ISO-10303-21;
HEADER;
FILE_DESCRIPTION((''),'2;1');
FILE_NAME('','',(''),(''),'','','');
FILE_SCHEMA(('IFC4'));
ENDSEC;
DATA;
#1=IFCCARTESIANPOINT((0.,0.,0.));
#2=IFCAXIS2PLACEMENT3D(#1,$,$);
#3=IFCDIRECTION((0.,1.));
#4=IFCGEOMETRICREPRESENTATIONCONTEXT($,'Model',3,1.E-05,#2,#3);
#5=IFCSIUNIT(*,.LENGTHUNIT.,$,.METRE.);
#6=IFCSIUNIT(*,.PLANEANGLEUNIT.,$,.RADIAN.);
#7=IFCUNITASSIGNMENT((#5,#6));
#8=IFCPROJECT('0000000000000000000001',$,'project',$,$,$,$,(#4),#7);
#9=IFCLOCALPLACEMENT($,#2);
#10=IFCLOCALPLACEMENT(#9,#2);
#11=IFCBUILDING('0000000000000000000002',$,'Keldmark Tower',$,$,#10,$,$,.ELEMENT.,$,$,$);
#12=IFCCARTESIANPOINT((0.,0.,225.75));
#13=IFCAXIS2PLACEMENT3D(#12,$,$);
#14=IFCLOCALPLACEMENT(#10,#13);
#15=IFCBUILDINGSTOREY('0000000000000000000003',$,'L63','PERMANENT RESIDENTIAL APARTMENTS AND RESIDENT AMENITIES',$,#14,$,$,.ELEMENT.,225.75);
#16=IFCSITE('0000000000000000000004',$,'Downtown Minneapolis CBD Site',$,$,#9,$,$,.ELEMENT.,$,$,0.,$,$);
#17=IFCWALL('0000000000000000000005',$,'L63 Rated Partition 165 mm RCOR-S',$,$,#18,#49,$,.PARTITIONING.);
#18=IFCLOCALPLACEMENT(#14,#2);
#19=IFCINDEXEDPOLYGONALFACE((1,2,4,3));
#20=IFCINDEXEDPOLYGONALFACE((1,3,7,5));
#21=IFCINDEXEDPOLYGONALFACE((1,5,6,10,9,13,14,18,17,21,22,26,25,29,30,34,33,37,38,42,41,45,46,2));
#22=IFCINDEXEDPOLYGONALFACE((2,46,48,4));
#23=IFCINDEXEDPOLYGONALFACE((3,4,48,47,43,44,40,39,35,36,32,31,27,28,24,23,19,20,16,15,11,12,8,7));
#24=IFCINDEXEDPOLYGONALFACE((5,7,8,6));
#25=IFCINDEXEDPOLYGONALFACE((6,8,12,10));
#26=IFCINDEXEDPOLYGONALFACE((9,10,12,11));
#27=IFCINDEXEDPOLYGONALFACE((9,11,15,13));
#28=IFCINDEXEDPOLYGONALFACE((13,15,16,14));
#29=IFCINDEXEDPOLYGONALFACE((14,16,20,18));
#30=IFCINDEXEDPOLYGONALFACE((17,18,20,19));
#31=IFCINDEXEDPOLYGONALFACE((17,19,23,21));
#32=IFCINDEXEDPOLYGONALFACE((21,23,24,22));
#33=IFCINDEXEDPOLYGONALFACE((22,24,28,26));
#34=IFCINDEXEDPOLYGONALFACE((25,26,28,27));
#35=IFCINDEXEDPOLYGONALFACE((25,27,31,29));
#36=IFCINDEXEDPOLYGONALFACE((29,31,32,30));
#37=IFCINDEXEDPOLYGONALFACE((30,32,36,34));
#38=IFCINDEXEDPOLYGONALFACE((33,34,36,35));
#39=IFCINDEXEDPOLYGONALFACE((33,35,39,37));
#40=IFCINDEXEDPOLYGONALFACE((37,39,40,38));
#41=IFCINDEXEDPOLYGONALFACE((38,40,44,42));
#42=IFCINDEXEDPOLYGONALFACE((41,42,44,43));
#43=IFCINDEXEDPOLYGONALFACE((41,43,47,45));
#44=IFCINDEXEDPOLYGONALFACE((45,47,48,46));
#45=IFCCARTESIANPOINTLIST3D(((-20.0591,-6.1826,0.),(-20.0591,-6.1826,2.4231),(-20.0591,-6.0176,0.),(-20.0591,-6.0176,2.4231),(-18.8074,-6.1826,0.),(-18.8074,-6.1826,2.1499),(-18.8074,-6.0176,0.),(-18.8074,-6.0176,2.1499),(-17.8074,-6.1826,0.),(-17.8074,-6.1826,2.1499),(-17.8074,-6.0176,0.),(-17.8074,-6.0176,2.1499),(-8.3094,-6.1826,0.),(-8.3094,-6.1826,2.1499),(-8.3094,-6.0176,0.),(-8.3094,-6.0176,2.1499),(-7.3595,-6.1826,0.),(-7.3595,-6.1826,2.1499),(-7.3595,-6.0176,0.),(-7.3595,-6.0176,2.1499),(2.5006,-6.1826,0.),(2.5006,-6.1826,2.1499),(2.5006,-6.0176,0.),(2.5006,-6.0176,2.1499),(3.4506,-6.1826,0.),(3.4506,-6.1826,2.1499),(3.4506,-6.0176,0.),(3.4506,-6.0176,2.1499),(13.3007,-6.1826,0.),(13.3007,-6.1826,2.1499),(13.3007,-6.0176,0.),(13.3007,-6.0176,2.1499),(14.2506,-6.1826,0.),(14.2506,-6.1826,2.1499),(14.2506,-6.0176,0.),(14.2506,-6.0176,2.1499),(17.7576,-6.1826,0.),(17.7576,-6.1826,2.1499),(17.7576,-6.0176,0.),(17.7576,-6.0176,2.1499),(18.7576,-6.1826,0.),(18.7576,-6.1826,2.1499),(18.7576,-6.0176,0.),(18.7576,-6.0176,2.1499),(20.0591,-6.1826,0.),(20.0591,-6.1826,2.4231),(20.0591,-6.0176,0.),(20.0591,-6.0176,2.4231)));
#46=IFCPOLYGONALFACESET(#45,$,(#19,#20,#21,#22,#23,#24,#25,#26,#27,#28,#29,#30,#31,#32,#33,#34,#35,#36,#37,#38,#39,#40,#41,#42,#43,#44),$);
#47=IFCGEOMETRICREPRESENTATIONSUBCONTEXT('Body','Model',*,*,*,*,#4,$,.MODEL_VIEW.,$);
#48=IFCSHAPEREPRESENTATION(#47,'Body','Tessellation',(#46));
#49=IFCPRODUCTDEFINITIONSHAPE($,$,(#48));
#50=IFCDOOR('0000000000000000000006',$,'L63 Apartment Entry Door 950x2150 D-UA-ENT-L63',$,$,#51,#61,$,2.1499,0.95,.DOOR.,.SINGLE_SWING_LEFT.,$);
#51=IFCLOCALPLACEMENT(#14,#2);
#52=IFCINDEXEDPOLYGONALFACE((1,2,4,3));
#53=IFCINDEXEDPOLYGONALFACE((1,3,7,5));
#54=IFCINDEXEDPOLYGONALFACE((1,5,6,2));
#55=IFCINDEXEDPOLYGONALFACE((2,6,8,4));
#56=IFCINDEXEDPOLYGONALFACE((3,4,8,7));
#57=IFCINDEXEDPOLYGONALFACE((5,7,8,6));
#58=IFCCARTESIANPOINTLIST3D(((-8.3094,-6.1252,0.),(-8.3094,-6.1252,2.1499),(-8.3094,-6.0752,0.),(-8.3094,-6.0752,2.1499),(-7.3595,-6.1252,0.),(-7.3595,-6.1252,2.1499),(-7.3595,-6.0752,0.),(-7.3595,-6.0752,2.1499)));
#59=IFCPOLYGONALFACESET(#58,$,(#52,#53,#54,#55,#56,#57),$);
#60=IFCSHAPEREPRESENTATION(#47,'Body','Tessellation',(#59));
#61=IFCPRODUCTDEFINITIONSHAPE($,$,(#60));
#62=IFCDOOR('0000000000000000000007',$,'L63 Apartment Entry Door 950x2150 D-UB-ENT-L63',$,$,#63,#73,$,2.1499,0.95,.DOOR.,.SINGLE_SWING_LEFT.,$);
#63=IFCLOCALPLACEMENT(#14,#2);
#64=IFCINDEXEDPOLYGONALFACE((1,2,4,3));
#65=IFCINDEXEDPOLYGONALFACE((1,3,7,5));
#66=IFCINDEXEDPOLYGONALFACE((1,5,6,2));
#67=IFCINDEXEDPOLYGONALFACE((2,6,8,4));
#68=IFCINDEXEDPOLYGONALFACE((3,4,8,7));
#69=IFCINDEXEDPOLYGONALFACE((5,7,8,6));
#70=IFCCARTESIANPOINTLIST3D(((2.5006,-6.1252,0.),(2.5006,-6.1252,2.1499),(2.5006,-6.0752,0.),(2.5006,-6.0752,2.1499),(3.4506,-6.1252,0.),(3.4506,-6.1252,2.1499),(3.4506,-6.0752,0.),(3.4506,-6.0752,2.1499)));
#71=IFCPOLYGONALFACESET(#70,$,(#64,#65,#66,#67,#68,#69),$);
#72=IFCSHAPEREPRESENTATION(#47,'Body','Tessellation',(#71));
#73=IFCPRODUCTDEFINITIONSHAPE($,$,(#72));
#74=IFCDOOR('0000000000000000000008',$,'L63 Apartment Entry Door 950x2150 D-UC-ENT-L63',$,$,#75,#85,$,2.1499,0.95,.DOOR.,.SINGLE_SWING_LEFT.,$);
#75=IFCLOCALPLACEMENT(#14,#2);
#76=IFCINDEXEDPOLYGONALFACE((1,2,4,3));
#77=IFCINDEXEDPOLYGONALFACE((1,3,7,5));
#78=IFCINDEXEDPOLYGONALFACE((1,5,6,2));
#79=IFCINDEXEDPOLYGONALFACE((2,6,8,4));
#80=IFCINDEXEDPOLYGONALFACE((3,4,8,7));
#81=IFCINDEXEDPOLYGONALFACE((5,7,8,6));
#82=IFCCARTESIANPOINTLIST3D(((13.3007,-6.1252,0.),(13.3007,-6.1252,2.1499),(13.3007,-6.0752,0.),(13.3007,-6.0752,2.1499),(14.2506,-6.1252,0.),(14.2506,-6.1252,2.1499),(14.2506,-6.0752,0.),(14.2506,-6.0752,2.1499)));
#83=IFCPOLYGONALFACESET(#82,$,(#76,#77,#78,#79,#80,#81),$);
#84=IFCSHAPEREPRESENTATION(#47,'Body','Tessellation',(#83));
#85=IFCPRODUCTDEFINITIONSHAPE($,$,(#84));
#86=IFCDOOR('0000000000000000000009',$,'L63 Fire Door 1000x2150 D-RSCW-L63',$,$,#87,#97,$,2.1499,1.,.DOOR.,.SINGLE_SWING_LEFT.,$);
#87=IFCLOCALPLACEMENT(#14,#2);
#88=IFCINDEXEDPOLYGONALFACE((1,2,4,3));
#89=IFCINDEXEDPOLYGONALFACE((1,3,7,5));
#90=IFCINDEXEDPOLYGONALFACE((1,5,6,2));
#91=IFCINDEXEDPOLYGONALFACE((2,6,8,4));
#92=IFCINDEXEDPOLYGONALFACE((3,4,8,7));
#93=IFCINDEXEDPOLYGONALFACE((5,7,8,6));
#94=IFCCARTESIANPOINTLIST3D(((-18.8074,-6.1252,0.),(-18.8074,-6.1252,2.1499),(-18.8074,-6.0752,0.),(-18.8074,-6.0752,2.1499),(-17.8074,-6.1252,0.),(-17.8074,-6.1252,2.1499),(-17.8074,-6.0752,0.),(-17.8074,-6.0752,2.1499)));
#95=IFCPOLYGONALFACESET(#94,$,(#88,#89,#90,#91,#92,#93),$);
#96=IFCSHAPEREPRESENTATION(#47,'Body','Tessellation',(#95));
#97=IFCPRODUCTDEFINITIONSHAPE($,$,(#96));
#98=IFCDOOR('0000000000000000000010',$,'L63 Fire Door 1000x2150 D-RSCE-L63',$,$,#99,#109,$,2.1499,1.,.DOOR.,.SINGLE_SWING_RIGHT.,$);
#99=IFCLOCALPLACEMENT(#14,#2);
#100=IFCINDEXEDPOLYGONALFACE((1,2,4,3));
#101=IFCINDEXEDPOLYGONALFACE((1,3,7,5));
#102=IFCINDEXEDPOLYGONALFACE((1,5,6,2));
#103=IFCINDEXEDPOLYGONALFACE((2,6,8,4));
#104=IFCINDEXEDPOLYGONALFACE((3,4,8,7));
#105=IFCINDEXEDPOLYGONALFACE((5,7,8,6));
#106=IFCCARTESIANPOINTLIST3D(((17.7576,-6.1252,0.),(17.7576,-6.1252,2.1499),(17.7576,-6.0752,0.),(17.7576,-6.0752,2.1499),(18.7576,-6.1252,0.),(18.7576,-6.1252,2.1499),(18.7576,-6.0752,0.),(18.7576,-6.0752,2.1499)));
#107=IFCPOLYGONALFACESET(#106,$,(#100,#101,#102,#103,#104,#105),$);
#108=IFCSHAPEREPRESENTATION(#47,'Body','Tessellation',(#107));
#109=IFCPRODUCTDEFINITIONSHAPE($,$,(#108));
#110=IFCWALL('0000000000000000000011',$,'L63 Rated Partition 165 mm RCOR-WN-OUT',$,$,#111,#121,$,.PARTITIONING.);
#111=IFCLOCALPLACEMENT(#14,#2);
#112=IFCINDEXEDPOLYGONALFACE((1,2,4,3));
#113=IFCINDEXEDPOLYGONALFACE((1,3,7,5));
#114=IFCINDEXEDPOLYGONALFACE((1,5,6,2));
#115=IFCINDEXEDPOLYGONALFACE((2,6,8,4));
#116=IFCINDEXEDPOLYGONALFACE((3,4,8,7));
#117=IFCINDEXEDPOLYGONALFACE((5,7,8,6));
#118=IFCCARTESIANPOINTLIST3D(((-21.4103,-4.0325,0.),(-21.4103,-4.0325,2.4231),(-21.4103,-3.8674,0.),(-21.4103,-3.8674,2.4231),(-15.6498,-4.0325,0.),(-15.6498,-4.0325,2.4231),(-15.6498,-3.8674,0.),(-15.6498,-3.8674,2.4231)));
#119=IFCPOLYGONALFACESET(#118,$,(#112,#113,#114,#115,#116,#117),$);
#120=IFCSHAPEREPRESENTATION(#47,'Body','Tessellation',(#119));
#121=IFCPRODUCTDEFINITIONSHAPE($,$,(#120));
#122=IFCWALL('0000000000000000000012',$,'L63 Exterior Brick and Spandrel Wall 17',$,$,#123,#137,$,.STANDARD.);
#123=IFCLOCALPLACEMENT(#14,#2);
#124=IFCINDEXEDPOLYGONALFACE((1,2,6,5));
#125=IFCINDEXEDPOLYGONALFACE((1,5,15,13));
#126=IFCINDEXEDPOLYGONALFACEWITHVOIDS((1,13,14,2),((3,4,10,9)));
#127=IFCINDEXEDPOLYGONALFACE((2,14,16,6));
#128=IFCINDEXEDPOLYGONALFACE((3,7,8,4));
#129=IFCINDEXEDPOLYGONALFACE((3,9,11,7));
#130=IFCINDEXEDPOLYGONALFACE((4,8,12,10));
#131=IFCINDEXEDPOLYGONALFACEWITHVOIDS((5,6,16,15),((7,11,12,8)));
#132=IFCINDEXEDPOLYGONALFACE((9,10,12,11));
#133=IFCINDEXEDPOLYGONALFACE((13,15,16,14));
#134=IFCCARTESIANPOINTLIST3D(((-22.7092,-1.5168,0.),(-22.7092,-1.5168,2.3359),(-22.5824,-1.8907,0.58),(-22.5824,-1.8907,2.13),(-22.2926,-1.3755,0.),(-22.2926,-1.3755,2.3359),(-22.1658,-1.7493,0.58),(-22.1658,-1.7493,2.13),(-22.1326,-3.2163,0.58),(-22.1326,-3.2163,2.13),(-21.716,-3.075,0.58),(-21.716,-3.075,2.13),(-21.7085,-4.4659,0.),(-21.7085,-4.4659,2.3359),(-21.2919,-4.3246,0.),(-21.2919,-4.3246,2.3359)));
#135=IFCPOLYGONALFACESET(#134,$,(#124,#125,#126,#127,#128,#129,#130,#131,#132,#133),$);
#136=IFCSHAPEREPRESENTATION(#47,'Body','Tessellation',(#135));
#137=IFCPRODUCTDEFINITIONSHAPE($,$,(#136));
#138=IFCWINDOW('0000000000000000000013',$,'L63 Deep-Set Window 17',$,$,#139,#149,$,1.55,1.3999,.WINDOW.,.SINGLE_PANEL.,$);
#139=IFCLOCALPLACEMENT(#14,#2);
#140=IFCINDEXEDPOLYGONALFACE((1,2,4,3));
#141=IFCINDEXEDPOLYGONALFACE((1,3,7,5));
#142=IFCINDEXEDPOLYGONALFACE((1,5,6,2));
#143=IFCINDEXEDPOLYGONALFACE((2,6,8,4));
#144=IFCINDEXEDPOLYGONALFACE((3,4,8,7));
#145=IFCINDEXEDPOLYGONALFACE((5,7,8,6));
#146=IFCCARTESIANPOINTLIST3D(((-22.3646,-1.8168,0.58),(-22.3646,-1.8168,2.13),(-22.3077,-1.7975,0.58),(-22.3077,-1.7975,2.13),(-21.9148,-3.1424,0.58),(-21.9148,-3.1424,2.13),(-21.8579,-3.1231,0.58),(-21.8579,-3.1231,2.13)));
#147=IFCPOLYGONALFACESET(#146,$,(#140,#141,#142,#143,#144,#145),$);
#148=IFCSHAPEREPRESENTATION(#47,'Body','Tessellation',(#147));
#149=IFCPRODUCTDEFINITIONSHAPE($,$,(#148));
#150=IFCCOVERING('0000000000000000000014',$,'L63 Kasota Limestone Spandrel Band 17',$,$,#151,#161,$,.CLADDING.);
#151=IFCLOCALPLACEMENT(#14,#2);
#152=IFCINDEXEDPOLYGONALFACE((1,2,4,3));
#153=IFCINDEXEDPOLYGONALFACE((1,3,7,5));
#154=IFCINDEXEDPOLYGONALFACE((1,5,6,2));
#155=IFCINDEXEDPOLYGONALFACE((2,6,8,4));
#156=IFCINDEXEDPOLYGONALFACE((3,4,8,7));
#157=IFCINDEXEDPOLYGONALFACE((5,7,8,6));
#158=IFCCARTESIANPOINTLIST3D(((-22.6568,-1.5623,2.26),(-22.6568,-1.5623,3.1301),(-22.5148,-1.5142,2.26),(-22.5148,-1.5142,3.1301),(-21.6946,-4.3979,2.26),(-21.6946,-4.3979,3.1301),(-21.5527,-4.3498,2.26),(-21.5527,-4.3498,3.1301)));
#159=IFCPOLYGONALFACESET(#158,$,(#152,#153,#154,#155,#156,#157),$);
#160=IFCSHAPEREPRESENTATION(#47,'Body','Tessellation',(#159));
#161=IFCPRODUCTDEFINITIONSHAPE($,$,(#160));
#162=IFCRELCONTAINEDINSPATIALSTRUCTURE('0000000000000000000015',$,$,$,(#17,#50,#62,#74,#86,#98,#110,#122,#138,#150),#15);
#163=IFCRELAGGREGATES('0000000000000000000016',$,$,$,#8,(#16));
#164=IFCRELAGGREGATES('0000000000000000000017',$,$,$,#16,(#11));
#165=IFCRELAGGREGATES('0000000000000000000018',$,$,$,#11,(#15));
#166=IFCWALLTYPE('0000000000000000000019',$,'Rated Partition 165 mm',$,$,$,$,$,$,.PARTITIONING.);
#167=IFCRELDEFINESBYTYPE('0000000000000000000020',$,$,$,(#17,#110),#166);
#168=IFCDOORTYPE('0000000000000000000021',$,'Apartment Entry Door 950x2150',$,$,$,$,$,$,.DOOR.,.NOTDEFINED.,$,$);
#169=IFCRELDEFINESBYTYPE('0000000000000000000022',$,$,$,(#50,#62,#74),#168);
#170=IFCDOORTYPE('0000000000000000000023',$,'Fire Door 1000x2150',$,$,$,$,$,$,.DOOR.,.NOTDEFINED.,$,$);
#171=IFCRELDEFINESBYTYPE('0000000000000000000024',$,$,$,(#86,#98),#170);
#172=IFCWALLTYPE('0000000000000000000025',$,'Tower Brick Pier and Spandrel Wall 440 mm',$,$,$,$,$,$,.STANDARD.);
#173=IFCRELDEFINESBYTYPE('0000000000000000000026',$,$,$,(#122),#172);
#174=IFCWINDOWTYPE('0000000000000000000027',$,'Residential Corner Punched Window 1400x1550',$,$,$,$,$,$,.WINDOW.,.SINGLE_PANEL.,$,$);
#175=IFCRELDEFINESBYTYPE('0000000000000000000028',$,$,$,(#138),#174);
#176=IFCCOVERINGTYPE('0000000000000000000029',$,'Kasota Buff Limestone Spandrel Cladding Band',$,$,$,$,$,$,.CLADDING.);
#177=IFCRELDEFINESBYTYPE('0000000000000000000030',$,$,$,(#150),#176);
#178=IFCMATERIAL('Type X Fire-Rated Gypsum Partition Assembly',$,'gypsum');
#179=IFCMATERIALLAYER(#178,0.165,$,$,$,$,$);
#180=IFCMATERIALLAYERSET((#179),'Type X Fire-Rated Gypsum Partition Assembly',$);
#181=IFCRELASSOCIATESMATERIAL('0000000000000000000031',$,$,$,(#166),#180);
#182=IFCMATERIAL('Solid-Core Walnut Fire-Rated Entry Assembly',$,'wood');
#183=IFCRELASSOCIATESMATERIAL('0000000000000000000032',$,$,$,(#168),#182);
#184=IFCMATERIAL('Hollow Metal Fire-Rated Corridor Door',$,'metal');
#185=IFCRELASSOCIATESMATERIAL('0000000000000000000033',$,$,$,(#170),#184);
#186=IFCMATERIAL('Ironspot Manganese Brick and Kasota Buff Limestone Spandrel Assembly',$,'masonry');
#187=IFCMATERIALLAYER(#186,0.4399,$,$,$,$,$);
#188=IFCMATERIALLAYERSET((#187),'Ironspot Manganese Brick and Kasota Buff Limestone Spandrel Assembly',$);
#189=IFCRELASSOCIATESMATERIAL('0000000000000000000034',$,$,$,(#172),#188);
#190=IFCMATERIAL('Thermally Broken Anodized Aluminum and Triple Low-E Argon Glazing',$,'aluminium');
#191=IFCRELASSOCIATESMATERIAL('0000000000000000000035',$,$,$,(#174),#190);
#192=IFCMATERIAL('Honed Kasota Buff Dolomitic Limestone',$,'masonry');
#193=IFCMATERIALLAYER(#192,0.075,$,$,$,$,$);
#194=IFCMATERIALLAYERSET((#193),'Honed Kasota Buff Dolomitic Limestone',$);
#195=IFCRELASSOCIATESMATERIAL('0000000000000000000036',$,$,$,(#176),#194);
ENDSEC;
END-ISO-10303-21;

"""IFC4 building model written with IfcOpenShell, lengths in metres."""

from ifc_helpers import new_model, si_unit, direction, frame, frame_2d, origin, origin_2d, place, context, subcontext, project, spatial, rectangle, extrude, material, layer, layer_set, type_object, element, fill, save


model = new_model("IFC4")

# Units and contexts
model_context = context("Model", 3, precision=1e-05, world=origin(), true_north=direction((0.0, 1.0)))
body_context = subcontext(model_context, "Body", "Model", "MODEL_VIEW")
ifc_project = project(units=[si_unit("LENGTHUNIT", "METRE"), si_unit("PLANEANGLEUNIT", "RADIAN")], contexts=[model_context])

# Site, building, storey
site_placement = place(None, origin())
site = spatial("IfcSite", under=ifc_project, at=site_placement, Name="Downtown Minneapolis CBD Site", CompositionType="ELEMENT", RefElevation=0.0)
building_placement = place(site_placement, origin())
building = spatial("IfcBuilding", under=site, at=building_placement, Name="Keldmark Tower", CompositionType="ELEMENT")
storey_placement = place(building_placement, frame((0.0, 0.0, 225.75)))
storey = spatial("IfcBuildingStorey", under=building, at=storey_placement, Name="L63", Description="PERMANENT RESIDENTIAL APARTMENTS AND RESIDENT AMENITIES", CompositionType="ELEMENT", Elevation=225.75)

# Wall, openings, doors
ifc_material_1 = material(Name="Type X Fire-Rated Gypsum Partition Assembly", Category="gypsum")
ifc_layer_1 = layer(ifc_material_1, 0.165)
ifc_layer_set_1 = layer_set([ifc_layer_1], Name="Type X Fire-Rated Gypsum Partition Assembly")
wall_type_1 = type_object("IfcWallType", Name="Rated Partition 165 mm", PredefinedType="PARTITIONING", material=ifc_layer_set_1)
wall_1_placement = place(storey_placement, frame((-20.0591, -6.1001, 0.0), z_axis=(0.0, 0.0, 1.0), x_axis=(1.0, 0.0, 0.0)))
wall_1 = element("IfcWall", 1, at=wall_1_placement, inside=storey, type_object=wall_type_1, Name="L63 Rated Partition 165 mm RCOR-S", PredefinedType="PARTITIONING", context=body_context, shape_type="SweptSolid", body=[
    extrude(rectangle(XDim=40.1182, YDim=0.165, at=frame_2d((20.0591, 0.0))), origin(), (0.0, 0.0, 1.0), 2.4231),
])
opening_1_placement = place(wall_1_placement, frame((1.2517, 0.0, 0.0)))
opening_1 = element("IfcOpeningElement", 2, at=opening_1_placement, cuts=wall_1, PredefinedType="OPENING", context=body_context, shape_type="SweptSolid", body=[
    extrude(rectangle(XDim=1.0, YDim=2.1499, at=frame_2d((0.5, 1.075))), frame((0.0, 0.0925, 0.0), z_axis=(0.0, -1.0, 0.0), x_axis=(1.0, 0.0, 0.0)), (0.0, 0.0, 1.0), 0.1851),
])
opening_2_placement = place(wall_1_placement, frame((37.8167, 0.0, 0.0)))
opening_2 = element("IfcOpeningElement", 3, at=opening_2_placement, cuts=wall_1, PredefinedType="OPENING", context=body_context, shape_type="SweptSolid", body=[
    extrude(rectangle(XDim=1.0, YDim=2.1499, at=frame_2d((0.5, 1.075))), frame((0.0, 0.0925, 0.0), z_axis=(0.0, -1.0, 0.0), x_axis=(1.0, 0.0, 0.0)), (0.0, 0.0, 1.0), 0.1851),
])
opening_3_placement = place(wall_1_placement, frame((11.7495, 0.0, 0.0)))
opening_3 = element("IfcOpeningElement", 4, at=opening_3_placement, cuts=wall_1, PredefinedType="OPENING", context=body_context, shape_type="SweptSolid", body=[
    extrude(rectangle(XDim=0.95, YDim=2.1499, at=frame_2d((0.4751, 1.075))), frame((0.0, 0.0925, 0.0), z_axis=(0.0, -1.0, 0.0), x_axis=(1.0, 0.0, 0.0)), (0.0, 0.0, 1.0), 0.1851),
])
opening_4_placement = place(wall_1_placement, frame((22.5596, 0.0, 0.0)))
opening_4 = element("IfcOpeningElement", 5, at=opening_4_placement, cuts=wall_1, PredefinedType="OPENING", context=body_context, shape_type="SweptSolid", body=[
    extrude(rectangle(XDim=0.95, YDim=2.1499, at=frame_2d((0.4751, 1.075))), frame((0.0, 0.0925, 0.0), z_axis=(0.0, -1.0, 0.0), x_axis=(1.0, 0.0, 0.0)), (0.0, 0.0, 1.0), 0.1851),
])
opening_5_placement = place(wall_1_placement, frame((33.3596, 0.0, 0.0)))
opening_5 = element("IfcOpeningElement", 6, at=opening_5_placement, cuts=wall_1, PredefinedType="OPENING", context=body_context, shape_type="SweptSolid", body=[
    extrude(rectangle(XDim=0.95, YDim=2.1499, at=frame_2d((0.4751, 1.075))), frame((0.0, 0.0925, 0.0), z_axis=(0.0, -1.0, 0.0), x_axis=(1.0, 0.0, 0.0)), (0.0, 0.0, 1.0), 0.1851),
])
ifc_material_2 = material(Name="Solid-Core Walnut Fire-Rated Entry Assembly", Category="wood")
door_type_1 = type_object("IfcDoorType", Name="Apartment Entry Door 950x2150", OperationType="NOTDEFINED", PredefinedType="DOOR", material=ifc_material_2)
door_1_placement = place(opening_3_placement, origin())
door_1 = element("IfcDoor", 7, at=door_1_placement, inside=storey, type_object=door_type_1, Name="L63 Apartment Entry Door 950x2150 D-UA-ENT-L63", OperationType="SINGLE_SWING_LEFT", OverallHeight=2.1499, OverallWidth=0.95, PredefinedType="DOOR", context=body_context, shape_type="SweptSolid", body=[
    extrude(rectangle(XDim=0.95, YDim=2.1499, at=frame_2d((0.4751, 1.075))), frame((0.0, 0.0249, 0.0), z_axis=(0.0, -1.0, 0.0), x_axis=(1.0, 0.0, 0.0)), (0.0, 0.0, 1.0), 0.05),
])
fill(opening_3, door_1)
door_2_placement = place(opening_4_placement, origin())
door_2 = element("IfcDoor", 8, at=door_2_placement, inside=storey, type_object=door_type_1, Name="L63 Apartment Entry Door 950x2150 D-UB-ENT-L63", OperationType="SINGLE_SWING_LEFT", OverallHeight=2.1499, OverallWidth=0.95, PredefinedType="DOOR", context=body_context, shape_type="SweptSolid", body=[
    extrude(rectangle(XDim=0.95, YDim=2.1499, at=frame_2d((0.4751, 1.075))), frame((0.0, 0.0249, 0.0), z_axis=(0.0, -1.0, 0.0), x_axis=(1.0, 0.0, 0.0)), (0.0, 0.0, 1.0), 0.05),
])
fill(opening_4, door_2)
door_3_placement = place(opening_5_placement, origin())
door_3 = element("IfcDoor", 9, at=door_3_placement, inside=storey, type_object=door_type_1, Name="L63 Apartment Entry Door 950x2150 D-UC-ENT-L63", OperationType="SINGLE_SWING_LEFT", OverallHeight=2.1499, OverallWidth=0.95, PredefinedType="DOOR", context=body_context, shape_type="SweptSolid", body=[
    extrude(rectangle(XDim=0.95, YDim=2.1499, at=frame_2d((0.4751, 1.075))), frame((0.0, 0.0249, 0.0), z_axis=(0.0, -1.0, 0.0), x_axis=(1.0, 0.0, 0.0)), (0.0, 0.0, 1.0), 0.05),
])
fill(opening_5, door_3)
ifc_material_3 = material(Name="Hollow Metal Fire-Rated Corridor Door", Category="metal")
door_type_2 = type_object("IfcDoorType", Name="Fire Door 1000x2150", OperationType="NOTDEFINED", PredefinedType="DOOR", material=ifc_material_3)
door_4_placement = place(opening_1_placement, origin())
door_4 = element("IfcDoor", 10, at=door_4_placement, inside=storey, type_object=door_type_2, Name="L63 Fire Door 1000x2150 D-RSCW-L63", OperationType="SINGLE_SWING_LEFT", OverallHeight=2.1499, OverallWidth=1.0, PredefinedType="DOOR", context=body_context, shape_type="SweptSolid", body=[
    extrude(rectangle(XDim=1.0, YDim=2.1499, at=frame_2d((0.5, 1.075))), frame((0.0, 0.0249, 0.0), z_axis=(0.0, -1.0, 0.0), x_axis=(1.0, 0.0, 0.0)), (0.0, 0.0, 1.0), 0.05),
])
fill(opening_1, door_4)
door_5_placement = place(opening_2_placement, origin())
door_5 = element("IfcDoor", 11, at=door_5_placement, inside=storey, type_object=door_type_2, Name="L63 Fire Door 1000x2150 D-RSCE-L63", OperationType="SINGLE_SWING_RIGHT", OverallHeight=2.1499, OverallWidth=1.0, PredefinedType="DOOR", context=body_context, shape_type="SweptSolid", body=[
    extrude(rectangle(XDim=1.0, YDim=2.1499, at=frame_2d((0.5, 1.075))), frame((0.0, 0.0249, 0.0), z_axis=(0.0, -1.0, 0.0), x_axis=(1.0, 0.0, 0.0)), (0.0, 0.0, 1.0), 0.05),
])
fill(opening_2, door_5)

# Wall
wall_2_placement = place(storey_placement, frame((-21.4104, -3.95, 0.0), z_axis=(0.0, 0.0, 1.0), x_axis=(1.0, 0.0, 0.0)))
element("IfcWall", 12, at=wall_2_placement, inside=storey, type_object=wall_type_1, Name="L63 Rated Partition 165 mm RCOR-WN-OUT", PredefinedType="PARTITIONING", context=body_context, shape_type="SweptSolid", body=[
    extrude(rectangle(XDim=5.7605, YDim=0.165, at=frame_2d((2.8804, 0.0))), origin(), (0.0, 0.0, 1.0), 2.4231),
])

# Wall, opening, window
ifc_material_4 = material(Name="Ironspot Manganese Brick and Kasota Buff Limestone Spandrel Assembly", Category="masonry")
ifc_layer_2 = layer(ifc_material_4, 0.4399)
ifc_layer_set_2 = layer_set([ifc_layer_2], Name="Ironspot Manganese Brick and Kasota Buff Limestone Spandrel Assembly")
wall_type_2 = type_object("IfcWallType", Name="Tower Brick Pier and Spandrel Wall 440 mm", PredefinedType="STANDARD", material=ifc_layer_set_2)
wall_3_placement = place(storey_placement, frame((-21.5002, -4.3953, 0.0), z_axis=(0.0, 0.0, 1.0), x_axis=(-0.321326, 0.946968, 0.0)))
wall_3 = element("IfcWall", 13, at=wall_3_placement, inside=storey, type_object=wall_type_2, Name="L63 Exterior Brick and Spandrel Wall 17", PredefinedType="STANDARD", context=body_context, shape_type="SweptSolid", body=[
    extrude(rectangle(XDim=3.1143, YDim=0.4399, at=frame_2d((1.5571, 0.0))), origin(), (0.0, 0.0, 1.0), 2.3359),
])
opening_6_placement = place(wall_3_placement, frame((1.3196, 0.0, 0.5801)))
opening_6 = element("IfcOpeningElement", 14, at=opening_6_placement, cuts=wall_3, PredefinedType="OPENING", context=body_context, shape_type="SweptSolid", body=[
    extrude(rectangle(XDim=1.3999, YDim=1.55, at=frame_2d((0.7, 0.7749))), frame((0.0, 0.23, 0.0), z_axis=(0.0, -1.0, 0.0), x_axis=(1.0, 0.0, 0.0)), (0.0, 0.0, 1.0), 0.46),
])
ifc_material_5 = material(Name="Thermally Broken Anodized Aluminum and Triple Low-E Argon Glazing", Category="aluminium")
window_type = type_object("IfcWindowType", Name="Residential Corner Punched Window 1400x1550", PartitioningType="SINGLE_PANEL", PredefinedType="WINDOW", material=ifc_material_5)
window_placement = place(opening_6_placement, origin())
window = element("IfcWindow", 15, at=window_placement, inside=storey, type_object=window_type, Name="L63 Deep-Set Window 17", OverallHeight=1.55, OverallWidth=1.3999, PartitioningType="SINGLE_PANEL", PredefinedType="WINDOW", context=body_context, shape_type="SweptSolid", body=[
    extrude(rectangle(XDim=1.3999, YDim=1.55, at=frame_2d((0.7, 0.7749))), frame((0.0, -0.01, 0.0), z_axis=(0.0, -1.0, 0.0), x_axis=(1.0, 0.0, 0.0)), (0.0, 0.0, 1.0), 0.0601),
])
fill(opening_6, window)

# Covering
ifc_material_6 = material(Name="Honed Kasota Buff Dolomitic Limestone", Category="masonry")
ifc_layer_3 = layer(ifc_material_6, 0.075)
ifc_layer_set_3 = layer_set([ifc_layer_3], Name="Honed Kasota Buff Dolomitic Limestone")
covering_type = type_object("IfcCoveringType", Name="Kasota Buff Limestone Spandrel Cladding Band", PredefinedType="CLADDING", material=ifc_layer_set_3)
covering_placement = place(storey_placement, frame((-22.1047, -2.9561, 2.26), z_axis=(0.0, 0.0, 1.0), x_axis=(0.321324, -0.946969, 0.0)))
element("IfcCovering", 16, at=covering_placement, inside=storey, type_object=covering_type, Name="L63 Kasota Limestone Spandrel Band 17", PredefinedType="CLADDING", context=body_context, shape_type="SweptSolid", body=[
    extrude(rectangle(XDim=2.9944, YDim=0.1499, at=origin_2d()), origin(), (0.0, 0.0, 1.0), 0.8701),
])

save(model, "model.ifc")
